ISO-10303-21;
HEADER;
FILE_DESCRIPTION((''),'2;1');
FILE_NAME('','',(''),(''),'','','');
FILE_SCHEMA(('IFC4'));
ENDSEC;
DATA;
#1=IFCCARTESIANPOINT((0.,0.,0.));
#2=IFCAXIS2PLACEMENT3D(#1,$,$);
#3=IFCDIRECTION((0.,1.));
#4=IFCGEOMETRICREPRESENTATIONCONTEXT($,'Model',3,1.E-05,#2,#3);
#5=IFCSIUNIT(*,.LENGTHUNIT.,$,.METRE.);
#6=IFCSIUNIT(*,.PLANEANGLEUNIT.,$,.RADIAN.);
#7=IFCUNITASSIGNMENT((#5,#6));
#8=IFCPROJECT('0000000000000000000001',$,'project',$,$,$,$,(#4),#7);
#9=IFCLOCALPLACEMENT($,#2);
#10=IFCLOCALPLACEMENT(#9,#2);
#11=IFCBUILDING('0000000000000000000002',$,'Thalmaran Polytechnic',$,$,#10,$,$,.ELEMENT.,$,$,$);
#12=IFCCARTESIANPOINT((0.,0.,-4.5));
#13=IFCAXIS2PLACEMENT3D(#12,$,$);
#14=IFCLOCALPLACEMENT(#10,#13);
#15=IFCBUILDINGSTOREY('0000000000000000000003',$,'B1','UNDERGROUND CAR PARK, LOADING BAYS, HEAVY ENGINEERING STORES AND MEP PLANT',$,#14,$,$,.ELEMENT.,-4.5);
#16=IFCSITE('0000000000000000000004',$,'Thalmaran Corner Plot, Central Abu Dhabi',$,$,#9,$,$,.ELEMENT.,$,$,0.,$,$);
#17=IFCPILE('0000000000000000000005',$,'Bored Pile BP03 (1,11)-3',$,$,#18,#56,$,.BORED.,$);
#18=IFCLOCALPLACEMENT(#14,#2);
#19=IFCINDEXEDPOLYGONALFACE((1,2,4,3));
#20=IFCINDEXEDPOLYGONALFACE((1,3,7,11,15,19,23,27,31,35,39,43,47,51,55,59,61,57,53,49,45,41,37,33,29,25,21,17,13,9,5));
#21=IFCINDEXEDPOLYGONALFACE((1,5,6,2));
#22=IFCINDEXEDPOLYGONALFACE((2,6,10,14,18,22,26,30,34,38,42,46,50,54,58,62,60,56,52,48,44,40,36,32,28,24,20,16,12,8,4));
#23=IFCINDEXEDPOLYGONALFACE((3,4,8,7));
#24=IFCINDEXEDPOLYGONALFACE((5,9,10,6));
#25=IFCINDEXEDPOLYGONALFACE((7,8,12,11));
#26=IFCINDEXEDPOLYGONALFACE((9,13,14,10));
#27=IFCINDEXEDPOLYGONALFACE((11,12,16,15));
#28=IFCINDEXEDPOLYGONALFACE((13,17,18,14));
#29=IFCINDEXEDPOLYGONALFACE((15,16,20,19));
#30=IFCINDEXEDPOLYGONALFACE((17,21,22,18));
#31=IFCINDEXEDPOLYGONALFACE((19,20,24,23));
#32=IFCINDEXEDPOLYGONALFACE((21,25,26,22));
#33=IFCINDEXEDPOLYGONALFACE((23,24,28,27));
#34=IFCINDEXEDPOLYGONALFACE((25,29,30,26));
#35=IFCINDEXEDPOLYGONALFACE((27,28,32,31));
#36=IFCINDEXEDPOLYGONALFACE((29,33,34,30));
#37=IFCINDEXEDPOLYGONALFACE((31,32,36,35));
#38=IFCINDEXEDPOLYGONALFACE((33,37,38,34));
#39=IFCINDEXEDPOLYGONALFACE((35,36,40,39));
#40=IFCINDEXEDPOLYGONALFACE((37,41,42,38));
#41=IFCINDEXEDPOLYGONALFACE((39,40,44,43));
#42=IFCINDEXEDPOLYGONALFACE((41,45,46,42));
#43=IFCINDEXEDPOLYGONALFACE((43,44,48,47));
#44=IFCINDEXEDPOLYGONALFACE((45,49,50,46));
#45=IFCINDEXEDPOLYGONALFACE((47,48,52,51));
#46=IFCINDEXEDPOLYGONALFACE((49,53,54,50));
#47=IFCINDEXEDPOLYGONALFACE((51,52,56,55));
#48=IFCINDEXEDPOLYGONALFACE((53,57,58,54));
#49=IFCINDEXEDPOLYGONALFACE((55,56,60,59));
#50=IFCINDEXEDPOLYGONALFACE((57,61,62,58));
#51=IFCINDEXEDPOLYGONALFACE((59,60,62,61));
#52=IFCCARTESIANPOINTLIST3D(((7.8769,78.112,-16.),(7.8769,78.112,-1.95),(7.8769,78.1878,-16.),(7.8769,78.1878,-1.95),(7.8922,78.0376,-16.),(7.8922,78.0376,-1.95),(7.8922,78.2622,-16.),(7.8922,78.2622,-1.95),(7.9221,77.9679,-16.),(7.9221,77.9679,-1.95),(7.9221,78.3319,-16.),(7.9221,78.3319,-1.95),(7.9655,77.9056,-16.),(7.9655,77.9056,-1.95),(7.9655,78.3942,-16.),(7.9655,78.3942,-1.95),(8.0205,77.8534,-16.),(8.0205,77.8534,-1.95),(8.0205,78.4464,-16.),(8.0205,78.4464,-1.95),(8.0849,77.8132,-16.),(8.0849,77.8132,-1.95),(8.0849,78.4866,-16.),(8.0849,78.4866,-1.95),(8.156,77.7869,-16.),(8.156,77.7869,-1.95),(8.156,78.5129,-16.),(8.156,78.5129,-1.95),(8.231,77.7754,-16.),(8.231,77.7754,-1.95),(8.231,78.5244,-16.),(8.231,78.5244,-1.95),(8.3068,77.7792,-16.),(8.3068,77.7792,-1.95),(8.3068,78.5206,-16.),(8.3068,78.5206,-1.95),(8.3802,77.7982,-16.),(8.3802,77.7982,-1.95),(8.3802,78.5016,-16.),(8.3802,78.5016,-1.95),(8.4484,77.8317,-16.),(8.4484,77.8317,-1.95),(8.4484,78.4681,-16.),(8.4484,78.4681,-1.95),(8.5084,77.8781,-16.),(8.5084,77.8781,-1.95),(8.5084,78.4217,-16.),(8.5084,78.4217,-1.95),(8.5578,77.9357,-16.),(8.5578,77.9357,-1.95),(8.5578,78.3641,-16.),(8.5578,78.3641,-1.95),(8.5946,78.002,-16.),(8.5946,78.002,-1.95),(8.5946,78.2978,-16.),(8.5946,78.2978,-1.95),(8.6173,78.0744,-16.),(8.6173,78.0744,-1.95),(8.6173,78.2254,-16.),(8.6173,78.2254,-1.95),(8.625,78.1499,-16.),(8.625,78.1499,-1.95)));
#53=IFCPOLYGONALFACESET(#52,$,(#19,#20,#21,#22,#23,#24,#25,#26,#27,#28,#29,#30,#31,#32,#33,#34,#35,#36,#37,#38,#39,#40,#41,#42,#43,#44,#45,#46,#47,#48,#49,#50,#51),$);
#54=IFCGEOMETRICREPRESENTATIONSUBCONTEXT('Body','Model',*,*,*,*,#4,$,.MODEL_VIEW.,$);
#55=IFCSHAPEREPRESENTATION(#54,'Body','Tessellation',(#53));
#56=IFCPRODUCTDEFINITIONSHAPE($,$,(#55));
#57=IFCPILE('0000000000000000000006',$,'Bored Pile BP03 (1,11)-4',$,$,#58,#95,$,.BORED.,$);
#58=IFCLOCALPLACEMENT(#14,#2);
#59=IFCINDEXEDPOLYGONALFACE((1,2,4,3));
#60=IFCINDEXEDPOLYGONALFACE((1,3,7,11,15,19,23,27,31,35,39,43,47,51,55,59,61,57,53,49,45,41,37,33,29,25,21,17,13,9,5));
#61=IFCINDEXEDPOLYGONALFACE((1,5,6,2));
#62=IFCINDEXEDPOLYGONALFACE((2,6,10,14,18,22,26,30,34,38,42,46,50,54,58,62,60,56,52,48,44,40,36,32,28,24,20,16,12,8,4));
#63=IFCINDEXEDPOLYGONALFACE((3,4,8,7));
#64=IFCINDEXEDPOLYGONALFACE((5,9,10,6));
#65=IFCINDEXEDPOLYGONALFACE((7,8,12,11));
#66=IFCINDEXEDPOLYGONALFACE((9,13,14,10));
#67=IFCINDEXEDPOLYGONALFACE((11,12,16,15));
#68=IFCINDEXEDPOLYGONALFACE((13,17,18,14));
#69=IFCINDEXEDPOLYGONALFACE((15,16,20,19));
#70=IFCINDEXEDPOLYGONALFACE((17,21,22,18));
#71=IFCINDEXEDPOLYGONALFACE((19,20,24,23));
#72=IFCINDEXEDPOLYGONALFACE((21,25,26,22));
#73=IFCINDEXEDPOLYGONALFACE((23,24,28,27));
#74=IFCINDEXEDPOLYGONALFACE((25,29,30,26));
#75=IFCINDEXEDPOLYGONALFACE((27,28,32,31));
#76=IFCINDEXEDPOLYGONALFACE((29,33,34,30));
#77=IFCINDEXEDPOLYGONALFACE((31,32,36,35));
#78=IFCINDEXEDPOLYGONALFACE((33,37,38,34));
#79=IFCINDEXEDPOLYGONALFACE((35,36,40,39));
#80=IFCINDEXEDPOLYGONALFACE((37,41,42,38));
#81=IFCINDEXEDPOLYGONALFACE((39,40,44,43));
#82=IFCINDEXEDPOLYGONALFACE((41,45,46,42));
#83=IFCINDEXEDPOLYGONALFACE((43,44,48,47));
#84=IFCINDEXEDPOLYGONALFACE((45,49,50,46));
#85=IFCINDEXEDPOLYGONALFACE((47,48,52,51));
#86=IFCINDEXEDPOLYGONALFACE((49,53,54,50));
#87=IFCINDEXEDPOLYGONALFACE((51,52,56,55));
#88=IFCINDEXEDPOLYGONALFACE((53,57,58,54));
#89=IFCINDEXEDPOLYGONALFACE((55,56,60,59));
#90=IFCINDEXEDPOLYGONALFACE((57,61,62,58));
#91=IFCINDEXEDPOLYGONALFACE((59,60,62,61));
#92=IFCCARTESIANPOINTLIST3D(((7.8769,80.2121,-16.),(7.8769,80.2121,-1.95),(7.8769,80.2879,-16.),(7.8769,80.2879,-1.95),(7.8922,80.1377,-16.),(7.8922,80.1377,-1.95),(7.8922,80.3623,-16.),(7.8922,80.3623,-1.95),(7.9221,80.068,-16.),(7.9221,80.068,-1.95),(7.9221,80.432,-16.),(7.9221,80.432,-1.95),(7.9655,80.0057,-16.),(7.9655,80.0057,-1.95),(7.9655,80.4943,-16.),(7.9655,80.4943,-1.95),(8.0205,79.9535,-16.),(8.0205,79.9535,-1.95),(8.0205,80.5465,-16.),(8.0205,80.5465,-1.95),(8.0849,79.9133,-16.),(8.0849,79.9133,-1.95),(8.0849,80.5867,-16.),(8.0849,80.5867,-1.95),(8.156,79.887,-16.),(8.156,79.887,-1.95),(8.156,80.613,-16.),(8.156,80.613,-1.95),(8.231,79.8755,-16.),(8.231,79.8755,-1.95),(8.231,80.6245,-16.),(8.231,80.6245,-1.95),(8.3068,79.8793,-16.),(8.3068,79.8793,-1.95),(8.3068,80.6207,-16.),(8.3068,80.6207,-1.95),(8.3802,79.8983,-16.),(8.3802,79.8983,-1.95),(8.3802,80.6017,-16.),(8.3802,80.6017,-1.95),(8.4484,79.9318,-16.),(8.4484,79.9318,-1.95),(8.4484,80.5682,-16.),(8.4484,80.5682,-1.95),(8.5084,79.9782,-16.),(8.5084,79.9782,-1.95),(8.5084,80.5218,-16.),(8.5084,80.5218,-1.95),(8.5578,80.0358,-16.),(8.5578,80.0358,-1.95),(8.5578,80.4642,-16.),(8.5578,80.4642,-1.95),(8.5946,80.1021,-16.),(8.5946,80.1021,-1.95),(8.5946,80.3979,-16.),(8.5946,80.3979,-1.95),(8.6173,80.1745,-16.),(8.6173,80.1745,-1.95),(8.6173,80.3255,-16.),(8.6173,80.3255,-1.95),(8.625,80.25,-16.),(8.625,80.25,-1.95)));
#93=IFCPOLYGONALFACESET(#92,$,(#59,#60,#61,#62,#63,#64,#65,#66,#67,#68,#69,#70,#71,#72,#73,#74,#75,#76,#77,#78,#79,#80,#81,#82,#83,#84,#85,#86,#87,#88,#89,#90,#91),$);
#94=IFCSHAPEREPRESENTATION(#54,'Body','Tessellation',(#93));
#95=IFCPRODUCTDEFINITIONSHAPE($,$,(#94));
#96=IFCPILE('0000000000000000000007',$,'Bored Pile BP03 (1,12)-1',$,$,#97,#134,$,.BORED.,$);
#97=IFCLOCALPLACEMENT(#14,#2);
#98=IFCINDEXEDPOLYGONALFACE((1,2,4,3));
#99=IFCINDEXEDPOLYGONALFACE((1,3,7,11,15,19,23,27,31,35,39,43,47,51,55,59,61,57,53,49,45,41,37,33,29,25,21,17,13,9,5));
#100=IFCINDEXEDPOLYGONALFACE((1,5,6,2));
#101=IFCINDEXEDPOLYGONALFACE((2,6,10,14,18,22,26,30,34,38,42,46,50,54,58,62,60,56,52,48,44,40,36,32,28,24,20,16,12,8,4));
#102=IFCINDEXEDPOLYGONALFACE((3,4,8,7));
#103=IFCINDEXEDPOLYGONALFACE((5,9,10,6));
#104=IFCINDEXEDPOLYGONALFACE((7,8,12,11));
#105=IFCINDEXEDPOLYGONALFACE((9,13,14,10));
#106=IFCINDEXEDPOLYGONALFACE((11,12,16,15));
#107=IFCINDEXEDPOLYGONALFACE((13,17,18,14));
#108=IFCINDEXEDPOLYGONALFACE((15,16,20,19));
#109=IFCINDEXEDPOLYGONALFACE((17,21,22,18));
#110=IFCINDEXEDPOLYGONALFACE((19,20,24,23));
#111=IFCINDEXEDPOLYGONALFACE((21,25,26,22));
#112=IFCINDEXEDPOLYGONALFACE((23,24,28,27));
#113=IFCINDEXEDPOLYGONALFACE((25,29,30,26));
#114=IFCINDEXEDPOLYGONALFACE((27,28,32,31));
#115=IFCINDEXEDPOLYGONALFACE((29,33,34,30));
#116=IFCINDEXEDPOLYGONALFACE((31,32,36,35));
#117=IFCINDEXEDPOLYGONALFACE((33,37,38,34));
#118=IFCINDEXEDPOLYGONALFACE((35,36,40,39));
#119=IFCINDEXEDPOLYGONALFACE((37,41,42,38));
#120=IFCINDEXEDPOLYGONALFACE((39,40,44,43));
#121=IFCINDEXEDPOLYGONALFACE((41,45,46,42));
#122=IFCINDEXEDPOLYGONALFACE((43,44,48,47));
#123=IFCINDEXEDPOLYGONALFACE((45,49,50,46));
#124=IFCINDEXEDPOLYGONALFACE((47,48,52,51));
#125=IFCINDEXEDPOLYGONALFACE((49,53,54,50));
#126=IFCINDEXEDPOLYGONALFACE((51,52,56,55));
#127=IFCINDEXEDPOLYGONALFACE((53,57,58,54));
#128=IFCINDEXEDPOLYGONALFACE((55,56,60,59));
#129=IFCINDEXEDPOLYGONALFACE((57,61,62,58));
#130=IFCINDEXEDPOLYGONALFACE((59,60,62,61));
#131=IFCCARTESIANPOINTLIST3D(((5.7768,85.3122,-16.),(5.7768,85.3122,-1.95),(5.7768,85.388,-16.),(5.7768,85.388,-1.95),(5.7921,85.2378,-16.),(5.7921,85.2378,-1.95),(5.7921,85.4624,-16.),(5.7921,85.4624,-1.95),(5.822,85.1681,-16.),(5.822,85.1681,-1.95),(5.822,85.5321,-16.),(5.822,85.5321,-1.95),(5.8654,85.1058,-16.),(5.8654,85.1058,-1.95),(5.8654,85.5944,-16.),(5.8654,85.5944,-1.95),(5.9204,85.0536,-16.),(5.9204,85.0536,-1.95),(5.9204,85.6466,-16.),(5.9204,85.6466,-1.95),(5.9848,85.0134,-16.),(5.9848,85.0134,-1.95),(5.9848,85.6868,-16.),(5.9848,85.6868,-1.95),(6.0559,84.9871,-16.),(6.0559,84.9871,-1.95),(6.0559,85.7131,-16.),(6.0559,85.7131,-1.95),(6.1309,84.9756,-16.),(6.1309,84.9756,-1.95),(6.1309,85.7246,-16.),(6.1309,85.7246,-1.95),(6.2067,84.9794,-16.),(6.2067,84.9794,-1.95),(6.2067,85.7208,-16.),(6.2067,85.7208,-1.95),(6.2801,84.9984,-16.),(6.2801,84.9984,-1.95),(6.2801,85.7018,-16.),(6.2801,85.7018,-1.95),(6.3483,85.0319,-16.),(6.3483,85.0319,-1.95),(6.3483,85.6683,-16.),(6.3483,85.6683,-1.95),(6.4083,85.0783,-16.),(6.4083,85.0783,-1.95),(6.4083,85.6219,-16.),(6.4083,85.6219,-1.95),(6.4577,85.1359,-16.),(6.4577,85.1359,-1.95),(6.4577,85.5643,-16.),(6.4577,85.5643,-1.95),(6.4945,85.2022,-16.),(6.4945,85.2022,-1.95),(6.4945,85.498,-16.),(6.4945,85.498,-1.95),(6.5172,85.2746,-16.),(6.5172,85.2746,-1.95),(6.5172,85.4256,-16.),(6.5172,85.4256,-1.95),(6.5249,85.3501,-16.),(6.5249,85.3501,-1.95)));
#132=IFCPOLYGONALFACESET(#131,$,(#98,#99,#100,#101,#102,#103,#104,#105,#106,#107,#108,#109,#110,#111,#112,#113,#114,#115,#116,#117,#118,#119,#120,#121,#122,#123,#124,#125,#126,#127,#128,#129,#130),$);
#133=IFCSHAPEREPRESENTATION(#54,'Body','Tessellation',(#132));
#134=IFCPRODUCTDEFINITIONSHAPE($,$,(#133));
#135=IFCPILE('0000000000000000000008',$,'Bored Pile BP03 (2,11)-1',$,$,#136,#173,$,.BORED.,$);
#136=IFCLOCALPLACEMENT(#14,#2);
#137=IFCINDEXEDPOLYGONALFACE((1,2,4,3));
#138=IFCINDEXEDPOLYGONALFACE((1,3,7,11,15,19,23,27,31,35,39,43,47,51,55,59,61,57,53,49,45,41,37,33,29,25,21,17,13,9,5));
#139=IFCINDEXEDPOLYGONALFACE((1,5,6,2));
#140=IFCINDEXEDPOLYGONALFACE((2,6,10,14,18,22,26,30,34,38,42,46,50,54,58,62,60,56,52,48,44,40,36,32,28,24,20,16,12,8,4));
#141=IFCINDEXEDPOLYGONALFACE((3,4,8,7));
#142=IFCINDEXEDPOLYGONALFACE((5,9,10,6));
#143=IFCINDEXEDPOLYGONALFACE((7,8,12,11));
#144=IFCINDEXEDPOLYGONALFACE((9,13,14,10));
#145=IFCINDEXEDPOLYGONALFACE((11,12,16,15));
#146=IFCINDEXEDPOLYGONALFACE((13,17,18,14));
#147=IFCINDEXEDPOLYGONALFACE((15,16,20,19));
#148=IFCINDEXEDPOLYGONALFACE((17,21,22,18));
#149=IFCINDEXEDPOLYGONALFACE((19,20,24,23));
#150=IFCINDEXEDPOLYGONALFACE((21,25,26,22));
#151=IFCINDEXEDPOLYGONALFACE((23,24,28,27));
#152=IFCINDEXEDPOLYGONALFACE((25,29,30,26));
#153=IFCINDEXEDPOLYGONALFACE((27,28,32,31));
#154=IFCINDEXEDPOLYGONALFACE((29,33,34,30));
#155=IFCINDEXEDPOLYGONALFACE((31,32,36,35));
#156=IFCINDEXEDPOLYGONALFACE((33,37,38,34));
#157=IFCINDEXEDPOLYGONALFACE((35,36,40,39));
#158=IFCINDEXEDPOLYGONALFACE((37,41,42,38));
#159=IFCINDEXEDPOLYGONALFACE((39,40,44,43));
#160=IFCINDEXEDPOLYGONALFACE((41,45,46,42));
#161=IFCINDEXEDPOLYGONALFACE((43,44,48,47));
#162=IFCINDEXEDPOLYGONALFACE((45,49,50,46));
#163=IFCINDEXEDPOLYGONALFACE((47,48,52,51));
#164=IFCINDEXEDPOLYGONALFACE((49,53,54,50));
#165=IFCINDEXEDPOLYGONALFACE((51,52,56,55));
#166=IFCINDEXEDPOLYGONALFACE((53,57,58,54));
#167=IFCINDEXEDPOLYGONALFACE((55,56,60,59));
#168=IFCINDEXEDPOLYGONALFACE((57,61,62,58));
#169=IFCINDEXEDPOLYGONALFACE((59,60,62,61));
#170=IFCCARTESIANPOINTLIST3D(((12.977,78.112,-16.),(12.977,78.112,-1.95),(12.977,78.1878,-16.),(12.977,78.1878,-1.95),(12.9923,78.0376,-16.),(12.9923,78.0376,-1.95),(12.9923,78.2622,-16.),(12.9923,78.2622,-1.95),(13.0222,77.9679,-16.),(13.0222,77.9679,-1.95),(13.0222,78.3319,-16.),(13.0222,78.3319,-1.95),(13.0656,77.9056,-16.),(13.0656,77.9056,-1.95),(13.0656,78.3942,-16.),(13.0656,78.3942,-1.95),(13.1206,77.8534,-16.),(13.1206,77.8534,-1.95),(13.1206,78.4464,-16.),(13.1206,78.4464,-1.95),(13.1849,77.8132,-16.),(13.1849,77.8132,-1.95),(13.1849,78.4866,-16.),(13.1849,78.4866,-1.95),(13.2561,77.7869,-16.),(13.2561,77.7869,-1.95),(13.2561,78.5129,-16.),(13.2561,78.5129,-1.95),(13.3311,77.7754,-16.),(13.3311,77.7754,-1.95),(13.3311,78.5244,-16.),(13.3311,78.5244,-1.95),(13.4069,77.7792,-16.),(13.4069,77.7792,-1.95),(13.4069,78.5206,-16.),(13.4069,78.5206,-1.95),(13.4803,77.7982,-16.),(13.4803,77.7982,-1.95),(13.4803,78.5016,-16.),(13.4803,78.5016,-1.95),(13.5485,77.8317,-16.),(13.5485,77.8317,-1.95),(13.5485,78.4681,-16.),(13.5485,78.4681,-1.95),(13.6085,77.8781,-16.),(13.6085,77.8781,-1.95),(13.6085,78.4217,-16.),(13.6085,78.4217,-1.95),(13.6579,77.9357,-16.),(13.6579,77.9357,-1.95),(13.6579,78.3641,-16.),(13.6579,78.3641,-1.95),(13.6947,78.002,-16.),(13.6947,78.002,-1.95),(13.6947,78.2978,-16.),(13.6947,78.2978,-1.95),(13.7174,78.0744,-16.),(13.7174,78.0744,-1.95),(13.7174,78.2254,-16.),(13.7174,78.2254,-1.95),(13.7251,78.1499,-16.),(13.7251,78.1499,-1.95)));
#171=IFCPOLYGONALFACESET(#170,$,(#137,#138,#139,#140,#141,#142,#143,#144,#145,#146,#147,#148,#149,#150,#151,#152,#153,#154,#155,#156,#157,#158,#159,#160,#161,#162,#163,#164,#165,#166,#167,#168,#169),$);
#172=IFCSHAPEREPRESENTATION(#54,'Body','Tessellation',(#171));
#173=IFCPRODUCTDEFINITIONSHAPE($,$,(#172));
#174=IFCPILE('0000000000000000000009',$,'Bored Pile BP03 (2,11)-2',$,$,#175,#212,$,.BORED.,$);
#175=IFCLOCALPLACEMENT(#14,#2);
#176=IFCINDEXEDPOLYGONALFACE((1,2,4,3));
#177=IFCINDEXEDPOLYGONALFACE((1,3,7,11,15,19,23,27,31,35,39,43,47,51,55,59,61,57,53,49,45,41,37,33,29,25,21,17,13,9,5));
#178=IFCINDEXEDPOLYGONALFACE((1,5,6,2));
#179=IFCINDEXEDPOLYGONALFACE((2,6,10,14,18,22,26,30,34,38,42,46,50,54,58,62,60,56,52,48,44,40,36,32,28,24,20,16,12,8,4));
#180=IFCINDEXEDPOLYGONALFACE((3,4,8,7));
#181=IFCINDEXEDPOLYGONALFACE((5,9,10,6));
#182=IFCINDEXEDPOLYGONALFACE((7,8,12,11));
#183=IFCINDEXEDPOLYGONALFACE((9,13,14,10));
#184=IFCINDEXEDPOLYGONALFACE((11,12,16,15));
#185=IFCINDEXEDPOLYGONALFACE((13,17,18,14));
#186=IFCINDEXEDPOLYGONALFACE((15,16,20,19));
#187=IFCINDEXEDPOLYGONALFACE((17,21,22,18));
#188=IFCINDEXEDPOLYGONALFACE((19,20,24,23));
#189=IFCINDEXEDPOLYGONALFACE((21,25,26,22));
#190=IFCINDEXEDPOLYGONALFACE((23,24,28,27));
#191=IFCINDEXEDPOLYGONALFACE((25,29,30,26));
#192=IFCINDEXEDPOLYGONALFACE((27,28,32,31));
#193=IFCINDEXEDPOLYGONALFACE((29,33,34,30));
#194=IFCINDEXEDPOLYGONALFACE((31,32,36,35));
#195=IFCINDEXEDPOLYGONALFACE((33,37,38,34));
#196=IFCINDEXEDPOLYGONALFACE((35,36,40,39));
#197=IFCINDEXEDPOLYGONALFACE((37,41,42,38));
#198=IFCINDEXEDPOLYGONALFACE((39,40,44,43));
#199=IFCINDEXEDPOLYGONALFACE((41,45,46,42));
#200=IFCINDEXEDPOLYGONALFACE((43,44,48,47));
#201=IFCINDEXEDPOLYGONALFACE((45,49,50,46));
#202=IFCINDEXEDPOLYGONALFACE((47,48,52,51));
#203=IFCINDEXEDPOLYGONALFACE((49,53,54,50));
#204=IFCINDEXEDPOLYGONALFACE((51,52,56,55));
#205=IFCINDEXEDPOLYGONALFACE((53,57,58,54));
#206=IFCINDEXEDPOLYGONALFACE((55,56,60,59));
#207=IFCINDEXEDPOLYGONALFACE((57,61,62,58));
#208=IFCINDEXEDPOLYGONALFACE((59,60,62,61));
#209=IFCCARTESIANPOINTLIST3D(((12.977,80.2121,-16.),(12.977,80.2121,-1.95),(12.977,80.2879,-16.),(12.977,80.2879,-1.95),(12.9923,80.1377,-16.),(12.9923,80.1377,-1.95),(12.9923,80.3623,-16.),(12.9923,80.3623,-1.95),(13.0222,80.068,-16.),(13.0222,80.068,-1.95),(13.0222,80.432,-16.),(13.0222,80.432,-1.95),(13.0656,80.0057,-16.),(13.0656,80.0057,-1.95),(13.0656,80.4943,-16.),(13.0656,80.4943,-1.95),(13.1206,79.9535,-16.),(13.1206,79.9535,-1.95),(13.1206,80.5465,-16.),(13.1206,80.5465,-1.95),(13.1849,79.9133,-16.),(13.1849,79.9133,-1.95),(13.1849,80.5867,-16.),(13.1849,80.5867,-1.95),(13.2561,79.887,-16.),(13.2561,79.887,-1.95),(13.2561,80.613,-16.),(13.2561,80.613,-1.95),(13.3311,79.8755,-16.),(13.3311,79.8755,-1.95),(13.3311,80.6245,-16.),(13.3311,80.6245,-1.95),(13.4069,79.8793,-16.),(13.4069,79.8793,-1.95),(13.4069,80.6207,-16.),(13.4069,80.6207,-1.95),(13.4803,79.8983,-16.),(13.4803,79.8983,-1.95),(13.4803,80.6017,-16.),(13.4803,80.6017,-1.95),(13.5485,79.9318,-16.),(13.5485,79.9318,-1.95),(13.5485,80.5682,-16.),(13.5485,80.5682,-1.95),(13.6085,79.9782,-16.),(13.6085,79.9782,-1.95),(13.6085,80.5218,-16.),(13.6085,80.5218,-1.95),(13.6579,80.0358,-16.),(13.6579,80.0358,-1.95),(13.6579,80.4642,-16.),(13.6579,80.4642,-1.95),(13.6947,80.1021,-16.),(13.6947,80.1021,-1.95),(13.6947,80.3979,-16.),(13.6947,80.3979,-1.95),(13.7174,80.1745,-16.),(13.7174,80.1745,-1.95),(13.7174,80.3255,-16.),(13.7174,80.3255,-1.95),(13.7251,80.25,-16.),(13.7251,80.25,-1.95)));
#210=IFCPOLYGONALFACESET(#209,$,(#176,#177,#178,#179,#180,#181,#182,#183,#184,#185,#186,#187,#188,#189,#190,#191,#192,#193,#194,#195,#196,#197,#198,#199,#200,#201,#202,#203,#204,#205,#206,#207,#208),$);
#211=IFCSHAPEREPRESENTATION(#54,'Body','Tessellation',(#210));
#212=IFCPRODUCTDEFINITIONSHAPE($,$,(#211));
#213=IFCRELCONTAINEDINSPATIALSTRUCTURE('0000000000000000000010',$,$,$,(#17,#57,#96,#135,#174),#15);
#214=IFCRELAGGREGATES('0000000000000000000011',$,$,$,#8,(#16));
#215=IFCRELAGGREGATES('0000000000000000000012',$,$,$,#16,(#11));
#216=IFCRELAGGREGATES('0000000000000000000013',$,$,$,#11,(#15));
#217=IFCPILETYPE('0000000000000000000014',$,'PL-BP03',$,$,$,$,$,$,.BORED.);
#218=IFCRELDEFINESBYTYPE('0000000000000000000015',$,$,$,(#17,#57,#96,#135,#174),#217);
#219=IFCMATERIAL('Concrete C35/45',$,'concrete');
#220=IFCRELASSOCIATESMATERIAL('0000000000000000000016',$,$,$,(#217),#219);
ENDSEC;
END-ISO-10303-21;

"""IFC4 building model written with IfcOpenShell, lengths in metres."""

from ifc_helpers import new_model, si_unit, direction, frame, origin, origin_2d, place, context, subcontext, project, spatial, circle, extrude, material, material_profile, profile_set, type_object, element, save


model = new_model("IFC4")

# Units and contexts
model_context = context("Model", 3, precision=1e-05, world=origin(), true_north=direction((0.0, 1.0)))
body_context = subcontext(model_context, "Body", "Model", "MODEL_VIEW")
ifc_project = project(units=[si_unit("LENGTHUNIT", "METRE"), si_unit("PLANEANGLEUNIT", "RADIAN")], contexts=[model_context])

# Site, building, storey
site_placement = place(None, origin())
site = spatial("IfcSite", under=ifc_project, at=site_placement, Name="Thalmaran Corner Plot, Central Abu Dhabi", CompositionType="ELEMENT", RefElevation=0.0)
building_placement = place(site_placement, origin())
building = spatial("IfcBuilding", under=site, at=building_placement, Name="Thalmaran Polytechnic", CompositionType="ELEMENT")
storey_placement = place(building_placement, frame((0.0, 0.0, -4.5)))
storey = spatial("IfcBuildingStorey", under=building, at=storey_placement, Name="B1", Description="UNDERGROUND CAR PARK, LOADING BAYS, HEAVY ENGINEERING STORES AND MEP PLANT", CompositionType="ELEMENT", Elevation=-4.5)

# Piles
ifc_material_1 = material(Name="Concrete C35/45", Category="concrete")
ifc_material_profile_1 = material_profile(ifc_material_1, circle(Radius=0.375, at=origin_2d()), Name="RC 750 DIA")
ifc_profile_set_1 = profile_set([ifc_material_profile_1], Name="Concrete C35/45")
pile_type = type_object("IfcPileType", Name="PL-BP03", PredefinedType="BORED", material=ifc_profile_set_1)
for number, where, z_axis, x_axis, name in (
    (1, (8.25, 78.1499, -1.95), (0.0, 0.0, -1.0), (1.0, 0.0, 0.0), "Bored Pile BP03 (1,11)-3"),
    (2, (8.25, 80.25, -1.95), (0.0, 0.0, -1.0), (1.0, 0.0, 0.0), "Bored Pile BP03 (1,11)-4"),
    (3, (6.1499, 85.3501, -1.95), (0.0, 0.0, -1.0), (1.0, 0.0, 0.0), "Bored Pile BP03 (1,12)-1"),
    (4, (13.3501, 78.1499, -1.95), (0.0, 0.0, -1.0), (1.0, 0.0, 0.0), "Bored Pile BP03 (2,11)-1"),
    (5, (13.3501, 80.25, -1.95), (0.0, 0.0, -1.0), (1.0, 0.0, 0.0), "Bored Pile BP03 (2,11)-2"),
):
    element("IfcPile", number, at=place(storey_placement, frame(where, z_axis=z_axis, x_axis=x_axis)), inside=storey, type_object=pile_type, Name=name, PredefinedType="BORED", context=body_context, shape_type="SweptSolid", body=[
        extrude(circle(Radius=0.375, at=origin_2d()), origin(), (0.0, 0.0, 1.0), 14.05),
    ])

save(model, "model.ifc")
